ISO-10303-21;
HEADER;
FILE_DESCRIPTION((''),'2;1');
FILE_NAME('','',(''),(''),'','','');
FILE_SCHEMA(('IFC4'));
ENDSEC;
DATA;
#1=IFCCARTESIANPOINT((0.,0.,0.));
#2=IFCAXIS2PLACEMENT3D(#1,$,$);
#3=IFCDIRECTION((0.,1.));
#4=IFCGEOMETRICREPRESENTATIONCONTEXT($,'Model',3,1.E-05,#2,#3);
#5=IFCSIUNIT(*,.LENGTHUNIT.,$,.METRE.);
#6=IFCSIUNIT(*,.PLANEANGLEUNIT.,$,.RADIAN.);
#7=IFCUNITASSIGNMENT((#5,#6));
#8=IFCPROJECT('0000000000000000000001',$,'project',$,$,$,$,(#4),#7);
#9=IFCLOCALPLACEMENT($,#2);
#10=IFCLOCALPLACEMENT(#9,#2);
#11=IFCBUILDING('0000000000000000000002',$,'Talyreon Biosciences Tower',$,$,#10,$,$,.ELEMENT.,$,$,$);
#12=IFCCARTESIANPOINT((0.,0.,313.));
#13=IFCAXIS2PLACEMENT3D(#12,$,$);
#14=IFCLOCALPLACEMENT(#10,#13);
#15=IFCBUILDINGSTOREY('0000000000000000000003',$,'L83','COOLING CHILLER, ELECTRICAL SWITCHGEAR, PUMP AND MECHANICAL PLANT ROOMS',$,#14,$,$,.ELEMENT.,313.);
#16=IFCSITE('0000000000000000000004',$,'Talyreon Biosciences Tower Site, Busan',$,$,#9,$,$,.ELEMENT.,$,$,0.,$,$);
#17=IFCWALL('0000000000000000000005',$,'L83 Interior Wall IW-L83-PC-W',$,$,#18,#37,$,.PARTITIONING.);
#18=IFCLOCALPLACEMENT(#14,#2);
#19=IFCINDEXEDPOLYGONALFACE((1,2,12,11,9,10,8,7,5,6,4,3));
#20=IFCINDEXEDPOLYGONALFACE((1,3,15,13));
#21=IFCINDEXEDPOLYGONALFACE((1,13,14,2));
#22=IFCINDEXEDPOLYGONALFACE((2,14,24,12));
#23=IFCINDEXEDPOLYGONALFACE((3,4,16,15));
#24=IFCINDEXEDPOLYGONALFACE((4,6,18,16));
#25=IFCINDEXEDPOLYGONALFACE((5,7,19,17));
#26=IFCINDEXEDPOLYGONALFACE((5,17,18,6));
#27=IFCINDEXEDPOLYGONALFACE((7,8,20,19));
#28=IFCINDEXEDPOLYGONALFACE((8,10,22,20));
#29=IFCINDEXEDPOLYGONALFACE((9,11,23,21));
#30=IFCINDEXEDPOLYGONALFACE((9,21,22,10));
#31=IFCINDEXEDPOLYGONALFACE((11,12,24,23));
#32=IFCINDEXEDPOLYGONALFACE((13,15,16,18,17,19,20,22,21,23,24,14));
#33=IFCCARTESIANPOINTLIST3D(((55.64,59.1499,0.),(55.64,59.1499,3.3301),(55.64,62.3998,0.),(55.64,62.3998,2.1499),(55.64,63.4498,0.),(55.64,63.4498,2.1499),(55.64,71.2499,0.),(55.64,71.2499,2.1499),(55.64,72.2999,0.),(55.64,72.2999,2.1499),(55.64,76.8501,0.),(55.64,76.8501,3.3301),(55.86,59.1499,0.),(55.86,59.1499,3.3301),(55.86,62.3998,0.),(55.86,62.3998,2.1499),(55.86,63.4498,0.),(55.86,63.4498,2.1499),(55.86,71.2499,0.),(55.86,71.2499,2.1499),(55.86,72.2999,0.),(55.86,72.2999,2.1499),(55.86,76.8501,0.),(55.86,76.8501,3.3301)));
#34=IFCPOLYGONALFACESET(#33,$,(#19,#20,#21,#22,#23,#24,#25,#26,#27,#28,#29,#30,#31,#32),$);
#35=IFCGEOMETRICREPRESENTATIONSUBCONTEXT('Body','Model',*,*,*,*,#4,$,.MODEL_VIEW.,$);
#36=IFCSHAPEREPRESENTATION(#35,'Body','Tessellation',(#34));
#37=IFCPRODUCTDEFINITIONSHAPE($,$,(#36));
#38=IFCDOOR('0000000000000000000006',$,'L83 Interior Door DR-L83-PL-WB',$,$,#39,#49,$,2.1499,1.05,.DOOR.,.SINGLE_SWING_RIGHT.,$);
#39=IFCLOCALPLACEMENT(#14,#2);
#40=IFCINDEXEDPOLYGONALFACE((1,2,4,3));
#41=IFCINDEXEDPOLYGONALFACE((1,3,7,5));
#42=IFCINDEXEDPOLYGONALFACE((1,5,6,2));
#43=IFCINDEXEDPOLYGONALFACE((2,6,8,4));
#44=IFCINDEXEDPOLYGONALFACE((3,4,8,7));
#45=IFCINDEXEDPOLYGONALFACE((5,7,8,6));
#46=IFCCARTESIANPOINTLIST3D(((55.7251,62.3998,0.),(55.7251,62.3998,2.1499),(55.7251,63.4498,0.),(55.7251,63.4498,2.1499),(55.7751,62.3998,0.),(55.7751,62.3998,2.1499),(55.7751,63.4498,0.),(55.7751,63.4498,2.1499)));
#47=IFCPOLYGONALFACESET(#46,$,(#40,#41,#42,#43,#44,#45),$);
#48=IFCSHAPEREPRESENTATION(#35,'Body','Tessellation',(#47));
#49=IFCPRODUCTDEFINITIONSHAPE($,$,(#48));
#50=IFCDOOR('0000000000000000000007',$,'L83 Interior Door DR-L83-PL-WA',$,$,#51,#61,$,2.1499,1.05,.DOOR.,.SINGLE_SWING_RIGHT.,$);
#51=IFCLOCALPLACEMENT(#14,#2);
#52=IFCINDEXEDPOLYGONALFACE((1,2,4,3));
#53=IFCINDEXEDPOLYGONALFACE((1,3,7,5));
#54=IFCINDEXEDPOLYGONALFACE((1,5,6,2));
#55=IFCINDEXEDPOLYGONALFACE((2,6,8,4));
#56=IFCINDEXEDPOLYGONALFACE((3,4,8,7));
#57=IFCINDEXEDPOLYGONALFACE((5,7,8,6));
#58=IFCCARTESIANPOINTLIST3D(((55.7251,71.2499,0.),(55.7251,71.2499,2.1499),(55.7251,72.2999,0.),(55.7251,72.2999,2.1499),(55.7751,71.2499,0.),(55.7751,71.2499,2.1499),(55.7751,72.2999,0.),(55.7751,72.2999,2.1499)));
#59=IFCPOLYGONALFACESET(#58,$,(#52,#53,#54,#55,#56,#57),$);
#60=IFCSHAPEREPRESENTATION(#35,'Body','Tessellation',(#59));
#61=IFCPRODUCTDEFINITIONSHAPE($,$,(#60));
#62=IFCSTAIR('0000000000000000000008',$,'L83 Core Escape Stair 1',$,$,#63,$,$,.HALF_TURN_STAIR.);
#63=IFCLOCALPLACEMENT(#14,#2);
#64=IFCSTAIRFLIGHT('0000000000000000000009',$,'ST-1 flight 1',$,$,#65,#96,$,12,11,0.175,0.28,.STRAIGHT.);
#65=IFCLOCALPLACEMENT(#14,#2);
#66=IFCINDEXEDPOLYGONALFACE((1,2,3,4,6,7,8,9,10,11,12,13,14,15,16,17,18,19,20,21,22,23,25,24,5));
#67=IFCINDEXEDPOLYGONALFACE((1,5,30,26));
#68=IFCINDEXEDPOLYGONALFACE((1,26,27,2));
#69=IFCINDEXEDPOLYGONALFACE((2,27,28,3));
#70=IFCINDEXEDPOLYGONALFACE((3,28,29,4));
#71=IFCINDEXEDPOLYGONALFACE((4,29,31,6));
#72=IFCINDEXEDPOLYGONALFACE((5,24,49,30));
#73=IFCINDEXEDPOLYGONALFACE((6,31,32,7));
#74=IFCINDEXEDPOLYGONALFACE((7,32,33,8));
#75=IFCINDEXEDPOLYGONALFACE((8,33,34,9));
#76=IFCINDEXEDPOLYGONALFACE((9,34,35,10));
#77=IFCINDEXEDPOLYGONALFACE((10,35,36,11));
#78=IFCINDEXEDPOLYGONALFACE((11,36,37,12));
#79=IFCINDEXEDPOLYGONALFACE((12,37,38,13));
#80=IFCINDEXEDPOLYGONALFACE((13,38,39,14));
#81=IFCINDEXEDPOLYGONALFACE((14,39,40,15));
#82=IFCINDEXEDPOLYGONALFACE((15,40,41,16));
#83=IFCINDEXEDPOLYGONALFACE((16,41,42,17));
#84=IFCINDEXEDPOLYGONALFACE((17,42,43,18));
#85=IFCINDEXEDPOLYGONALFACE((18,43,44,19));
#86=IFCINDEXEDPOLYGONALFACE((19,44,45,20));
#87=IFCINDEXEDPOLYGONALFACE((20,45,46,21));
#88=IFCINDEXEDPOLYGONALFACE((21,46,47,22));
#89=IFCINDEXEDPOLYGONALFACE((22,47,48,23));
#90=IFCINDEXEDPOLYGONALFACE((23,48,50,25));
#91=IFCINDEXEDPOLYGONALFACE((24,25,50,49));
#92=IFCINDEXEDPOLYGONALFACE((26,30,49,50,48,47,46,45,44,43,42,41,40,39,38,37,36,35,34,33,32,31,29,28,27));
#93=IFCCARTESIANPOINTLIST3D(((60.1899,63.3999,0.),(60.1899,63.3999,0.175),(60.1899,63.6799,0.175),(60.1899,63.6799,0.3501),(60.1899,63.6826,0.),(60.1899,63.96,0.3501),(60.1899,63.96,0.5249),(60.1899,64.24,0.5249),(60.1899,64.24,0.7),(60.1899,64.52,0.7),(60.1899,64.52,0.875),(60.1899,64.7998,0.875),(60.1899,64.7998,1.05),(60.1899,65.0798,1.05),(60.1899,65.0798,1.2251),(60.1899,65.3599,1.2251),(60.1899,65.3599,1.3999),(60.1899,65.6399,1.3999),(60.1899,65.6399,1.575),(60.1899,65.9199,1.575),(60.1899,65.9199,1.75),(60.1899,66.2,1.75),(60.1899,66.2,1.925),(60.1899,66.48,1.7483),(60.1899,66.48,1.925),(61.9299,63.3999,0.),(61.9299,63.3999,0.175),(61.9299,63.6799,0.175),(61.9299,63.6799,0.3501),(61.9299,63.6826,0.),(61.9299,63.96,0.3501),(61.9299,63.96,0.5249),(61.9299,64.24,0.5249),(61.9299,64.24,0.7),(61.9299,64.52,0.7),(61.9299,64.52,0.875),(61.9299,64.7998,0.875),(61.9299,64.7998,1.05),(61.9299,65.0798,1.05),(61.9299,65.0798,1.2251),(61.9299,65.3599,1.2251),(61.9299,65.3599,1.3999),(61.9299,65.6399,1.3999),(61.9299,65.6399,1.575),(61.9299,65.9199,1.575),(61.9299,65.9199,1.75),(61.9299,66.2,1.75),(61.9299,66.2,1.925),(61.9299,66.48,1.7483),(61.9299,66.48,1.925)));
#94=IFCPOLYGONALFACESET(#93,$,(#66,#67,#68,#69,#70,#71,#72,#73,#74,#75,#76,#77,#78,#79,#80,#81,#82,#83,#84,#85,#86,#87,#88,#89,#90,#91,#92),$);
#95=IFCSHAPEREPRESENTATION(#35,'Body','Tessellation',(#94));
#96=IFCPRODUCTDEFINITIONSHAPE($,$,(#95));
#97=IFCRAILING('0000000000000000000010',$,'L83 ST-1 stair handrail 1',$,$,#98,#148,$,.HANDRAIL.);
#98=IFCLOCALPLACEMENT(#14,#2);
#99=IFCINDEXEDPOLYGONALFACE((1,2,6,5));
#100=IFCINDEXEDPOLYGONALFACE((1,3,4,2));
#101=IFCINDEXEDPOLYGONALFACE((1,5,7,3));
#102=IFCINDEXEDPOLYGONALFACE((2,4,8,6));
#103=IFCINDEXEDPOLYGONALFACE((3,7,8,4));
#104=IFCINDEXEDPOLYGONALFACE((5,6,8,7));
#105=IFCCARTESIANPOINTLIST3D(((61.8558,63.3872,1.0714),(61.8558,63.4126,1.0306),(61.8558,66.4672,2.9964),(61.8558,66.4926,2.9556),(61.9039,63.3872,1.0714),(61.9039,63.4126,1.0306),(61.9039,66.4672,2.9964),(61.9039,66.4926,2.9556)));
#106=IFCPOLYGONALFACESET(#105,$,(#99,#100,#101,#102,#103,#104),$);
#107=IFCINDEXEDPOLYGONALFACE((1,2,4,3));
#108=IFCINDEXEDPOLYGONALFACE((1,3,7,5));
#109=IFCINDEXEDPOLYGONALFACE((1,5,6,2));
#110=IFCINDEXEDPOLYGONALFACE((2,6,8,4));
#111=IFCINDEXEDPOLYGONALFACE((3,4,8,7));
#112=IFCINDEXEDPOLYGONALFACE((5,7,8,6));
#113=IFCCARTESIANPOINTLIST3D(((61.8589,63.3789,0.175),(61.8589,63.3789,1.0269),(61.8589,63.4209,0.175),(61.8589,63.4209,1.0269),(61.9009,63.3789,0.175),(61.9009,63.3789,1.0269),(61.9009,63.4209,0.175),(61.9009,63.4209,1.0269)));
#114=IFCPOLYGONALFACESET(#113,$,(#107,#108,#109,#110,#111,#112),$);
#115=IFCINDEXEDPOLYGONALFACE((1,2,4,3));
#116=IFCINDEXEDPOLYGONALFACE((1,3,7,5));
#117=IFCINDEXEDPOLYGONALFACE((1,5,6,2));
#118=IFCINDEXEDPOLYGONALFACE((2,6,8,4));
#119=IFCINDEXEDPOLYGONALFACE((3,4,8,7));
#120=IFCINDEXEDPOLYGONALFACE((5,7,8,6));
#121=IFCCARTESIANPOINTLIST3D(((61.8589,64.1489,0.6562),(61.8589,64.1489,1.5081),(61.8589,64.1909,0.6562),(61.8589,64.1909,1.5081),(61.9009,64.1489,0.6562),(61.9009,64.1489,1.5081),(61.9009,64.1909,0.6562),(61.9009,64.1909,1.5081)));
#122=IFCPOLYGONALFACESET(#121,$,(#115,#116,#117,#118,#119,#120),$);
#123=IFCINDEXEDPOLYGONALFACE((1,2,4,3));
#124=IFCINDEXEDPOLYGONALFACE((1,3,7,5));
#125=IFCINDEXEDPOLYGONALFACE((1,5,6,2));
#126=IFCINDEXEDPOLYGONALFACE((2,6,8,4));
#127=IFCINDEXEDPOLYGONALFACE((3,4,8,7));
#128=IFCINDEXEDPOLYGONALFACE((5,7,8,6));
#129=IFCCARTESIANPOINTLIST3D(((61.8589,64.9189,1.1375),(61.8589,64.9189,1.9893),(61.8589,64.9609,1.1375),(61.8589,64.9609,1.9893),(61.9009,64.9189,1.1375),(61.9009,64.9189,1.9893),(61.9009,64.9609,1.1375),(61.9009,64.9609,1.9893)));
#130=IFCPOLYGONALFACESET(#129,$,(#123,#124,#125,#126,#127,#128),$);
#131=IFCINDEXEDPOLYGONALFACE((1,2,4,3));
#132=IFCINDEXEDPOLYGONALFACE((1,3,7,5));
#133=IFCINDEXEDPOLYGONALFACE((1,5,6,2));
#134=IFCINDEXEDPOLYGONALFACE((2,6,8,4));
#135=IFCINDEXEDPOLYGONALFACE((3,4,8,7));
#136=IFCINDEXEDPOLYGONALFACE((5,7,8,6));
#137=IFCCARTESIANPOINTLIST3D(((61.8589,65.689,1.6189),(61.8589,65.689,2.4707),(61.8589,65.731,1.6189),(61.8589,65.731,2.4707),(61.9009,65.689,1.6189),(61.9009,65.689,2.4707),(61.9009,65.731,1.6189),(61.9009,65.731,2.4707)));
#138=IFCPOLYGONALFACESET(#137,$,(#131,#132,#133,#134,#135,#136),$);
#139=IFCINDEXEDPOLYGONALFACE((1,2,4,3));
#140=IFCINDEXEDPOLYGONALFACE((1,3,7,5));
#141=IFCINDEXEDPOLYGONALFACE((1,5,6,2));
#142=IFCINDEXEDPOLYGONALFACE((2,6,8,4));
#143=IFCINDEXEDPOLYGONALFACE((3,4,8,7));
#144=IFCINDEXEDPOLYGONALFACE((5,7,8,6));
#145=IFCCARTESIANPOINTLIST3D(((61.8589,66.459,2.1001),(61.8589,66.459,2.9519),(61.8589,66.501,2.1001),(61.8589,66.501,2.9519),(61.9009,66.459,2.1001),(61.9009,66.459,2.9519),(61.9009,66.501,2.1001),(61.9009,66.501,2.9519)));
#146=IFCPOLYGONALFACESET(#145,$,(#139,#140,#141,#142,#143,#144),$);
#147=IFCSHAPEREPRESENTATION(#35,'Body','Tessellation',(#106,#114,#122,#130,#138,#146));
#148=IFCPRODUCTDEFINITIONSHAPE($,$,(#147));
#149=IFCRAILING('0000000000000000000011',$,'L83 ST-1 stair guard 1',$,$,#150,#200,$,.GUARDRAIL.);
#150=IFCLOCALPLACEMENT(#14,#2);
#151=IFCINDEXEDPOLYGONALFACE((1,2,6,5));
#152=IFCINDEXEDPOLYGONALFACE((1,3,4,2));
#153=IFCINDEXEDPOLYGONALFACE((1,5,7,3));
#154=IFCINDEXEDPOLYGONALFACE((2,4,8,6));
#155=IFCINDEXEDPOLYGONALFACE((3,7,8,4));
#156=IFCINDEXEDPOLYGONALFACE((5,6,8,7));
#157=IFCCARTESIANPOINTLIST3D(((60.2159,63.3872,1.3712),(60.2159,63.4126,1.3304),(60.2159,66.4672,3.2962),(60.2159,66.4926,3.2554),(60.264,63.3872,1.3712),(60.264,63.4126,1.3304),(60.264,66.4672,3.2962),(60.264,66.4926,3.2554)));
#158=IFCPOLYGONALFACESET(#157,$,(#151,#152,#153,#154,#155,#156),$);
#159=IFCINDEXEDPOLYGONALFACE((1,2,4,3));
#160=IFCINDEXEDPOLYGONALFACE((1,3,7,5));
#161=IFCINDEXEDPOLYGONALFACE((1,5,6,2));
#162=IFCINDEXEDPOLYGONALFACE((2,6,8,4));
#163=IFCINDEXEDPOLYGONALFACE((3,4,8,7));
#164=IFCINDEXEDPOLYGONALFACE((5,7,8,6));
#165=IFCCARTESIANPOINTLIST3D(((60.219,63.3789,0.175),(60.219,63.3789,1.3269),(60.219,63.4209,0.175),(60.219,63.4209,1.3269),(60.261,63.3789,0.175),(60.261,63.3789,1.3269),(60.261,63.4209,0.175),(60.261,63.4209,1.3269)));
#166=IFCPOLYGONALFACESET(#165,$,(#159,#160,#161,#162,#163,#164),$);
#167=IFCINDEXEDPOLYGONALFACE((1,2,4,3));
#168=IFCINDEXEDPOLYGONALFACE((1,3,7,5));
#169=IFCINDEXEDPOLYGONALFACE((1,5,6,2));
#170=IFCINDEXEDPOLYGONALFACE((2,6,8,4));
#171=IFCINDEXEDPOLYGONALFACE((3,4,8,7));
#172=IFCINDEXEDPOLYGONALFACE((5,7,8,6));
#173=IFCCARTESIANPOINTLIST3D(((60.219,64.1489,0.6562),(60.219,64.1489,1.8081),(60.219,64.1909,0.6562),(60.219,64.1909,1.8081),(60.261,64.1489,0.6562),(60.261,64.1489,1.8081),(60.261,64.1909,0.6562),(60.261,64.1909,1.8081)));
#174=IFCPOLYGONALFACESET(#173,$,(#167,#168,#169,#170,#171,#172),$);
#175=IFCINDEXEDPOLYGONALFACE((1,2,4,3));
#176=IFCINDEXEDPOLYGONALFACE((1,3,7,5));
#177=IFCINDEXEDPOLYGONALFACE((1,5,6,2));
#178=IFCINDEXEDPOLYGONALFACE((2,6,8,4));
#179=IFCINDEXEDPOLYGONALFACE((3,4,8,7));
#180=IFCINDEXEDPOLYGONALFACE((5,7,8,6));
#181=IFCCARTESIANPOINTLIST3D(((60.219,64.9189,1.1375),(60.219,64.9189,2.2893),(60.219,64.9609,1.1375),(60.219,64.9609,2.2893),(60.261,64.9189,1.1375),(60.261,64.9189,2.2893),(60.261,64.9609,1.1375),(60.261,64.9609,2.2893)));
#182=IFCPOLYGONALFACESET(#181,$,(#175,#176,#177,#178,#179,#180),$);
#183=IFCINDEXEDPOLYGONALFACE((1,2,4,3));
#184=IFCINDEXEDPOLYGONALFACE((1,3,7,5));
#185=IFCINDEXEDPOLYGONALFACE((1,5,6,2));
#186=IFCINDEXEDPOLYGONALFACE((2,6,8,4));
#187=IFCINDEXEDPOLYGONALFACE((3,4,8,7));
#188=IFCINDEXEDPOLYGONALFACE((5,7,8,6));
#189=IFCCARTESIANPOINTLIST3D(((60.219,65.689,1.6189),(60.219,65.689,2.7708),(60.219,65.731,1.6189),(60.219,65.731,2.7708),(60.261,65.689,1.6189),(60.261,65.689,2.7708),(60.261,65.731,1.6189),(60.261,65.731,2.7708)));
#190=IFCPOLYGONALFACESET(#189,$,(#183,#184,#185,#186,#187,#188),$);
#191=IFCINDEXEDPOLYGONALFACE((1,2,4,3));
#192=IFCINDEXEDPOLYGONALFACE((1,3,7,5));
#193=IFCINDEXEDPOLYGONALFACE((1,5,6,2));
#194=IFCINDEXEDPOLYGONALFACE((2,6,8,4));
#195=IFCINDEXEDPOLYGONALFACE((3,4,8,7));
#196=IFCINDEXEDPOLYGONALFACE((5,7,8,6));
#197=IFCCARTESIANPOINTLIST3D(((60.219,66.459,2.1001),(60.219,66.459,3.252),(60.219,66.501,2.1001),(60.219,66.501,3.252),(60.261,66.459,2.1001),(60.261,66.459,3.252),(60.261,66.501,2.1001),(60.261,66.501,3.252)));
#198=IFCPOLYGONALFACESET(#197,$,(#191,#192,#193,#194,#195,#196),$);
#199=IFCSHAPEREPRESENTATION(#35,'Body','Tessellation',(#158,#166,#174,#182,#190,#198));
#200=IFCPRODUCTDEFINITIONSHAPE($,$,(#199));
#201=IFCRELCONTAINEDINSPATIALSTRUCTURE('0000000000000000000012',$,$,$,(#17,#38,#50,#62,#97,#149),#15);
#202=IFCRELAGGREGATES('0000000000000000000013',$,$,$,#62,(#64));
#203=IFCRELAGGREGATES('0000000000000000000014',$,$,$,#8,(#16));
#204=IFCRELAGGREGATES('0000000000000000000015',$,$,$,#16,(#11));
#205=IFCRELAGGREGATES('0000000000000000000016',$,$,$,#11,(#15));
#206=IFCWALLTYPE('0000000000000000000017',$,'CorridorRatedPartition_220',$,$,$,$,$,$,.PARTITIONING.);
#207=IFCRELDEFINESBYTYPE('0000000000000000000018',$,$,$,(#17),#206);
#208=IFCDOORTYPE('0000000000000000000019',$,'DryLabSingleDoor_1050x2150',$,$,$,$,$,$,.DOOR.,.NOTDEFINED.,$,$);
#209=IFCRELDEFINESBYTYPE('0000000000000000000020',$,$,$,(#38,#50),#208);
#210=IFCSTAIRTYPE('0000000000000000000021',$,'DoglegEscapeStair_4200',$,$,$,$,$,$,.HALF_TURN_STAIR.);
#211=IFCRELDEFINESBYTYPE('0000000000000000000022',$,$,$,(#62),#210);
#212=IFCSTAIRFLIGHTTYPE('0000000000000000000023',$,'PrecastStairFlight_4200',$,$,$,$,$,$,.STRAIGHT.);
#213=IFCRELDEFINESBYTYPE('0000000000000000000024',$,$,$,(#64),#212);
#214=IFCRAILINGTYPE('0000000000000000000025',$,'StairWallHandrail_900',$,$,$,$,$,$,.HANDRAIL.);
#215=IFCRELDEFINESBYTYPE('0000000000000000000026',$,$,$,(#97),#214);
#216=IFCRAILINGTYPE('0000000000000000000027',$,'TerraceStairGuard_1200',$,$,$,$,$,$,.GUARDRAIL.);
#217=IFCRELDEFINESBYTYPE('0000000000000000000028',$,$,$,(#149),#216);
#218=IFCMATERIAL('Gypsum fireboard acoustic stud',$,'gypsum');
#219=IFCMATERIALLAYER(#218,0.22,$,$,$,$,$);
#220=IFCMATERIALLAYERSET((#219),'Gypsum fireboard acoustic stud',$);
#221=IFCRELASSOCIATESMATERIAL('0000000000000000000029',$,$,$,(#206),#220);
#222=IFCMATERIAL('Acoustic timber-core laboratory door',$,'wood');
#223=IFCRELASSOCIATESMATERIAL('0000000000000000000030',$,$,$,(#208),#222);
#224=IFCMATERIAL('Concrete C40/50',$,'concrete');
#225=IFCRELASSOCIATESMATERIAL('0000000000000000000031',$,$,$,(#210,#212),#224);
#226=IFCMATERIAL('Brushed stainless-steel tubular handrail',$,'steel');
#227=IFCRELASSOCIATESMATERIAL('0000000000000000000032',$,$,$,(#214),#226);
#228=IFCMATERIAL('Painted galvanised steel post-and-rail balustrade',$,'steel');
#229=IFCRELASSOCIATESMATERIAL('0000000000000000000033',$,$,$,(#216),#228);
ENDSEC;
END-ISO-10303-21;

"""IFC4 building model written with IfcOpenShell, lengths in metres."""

from ifc_helpers import new_model, si_unit, direction, frame, frame_2d, origin, origin_2d, place, context, subcontext, project, spatial, polyline, rectangle, outline, extrude, material, layer, layer_set, type_object, element, fill, aggregate, save


model = new_model("IFC4")

# Units and contexts
model_context = context("Model", 3, precision=1e-05, world=origin(), true_north=direction((0.0, 1.0)))
body_context = subcontext(model_context, "Body", "Model", "MODEL_VIEW")
ifc_project = project(units=[si_unit("LENGTHUNIT", "METRE"), si_unit("PLANEANGLEUNIT", "RADIAN")], contexts=[model_context])

# Site, building, storey
site_placement = place(None, origin())
site = spatial("IfcSite", under=ifc_project, at=site_placement, Name="Talyreon Biosciences Tower Site, Busan", CompositionType="ELEMENT", RefElevation=0.0)
building_placement = place(site_placement, origin())
building = spatial("IfcBuilding", under=site, at=building_placement, Name="Talyreon Biosciences Tower", CompositionType="ELEMENT")
storey_placement = place(building_placement, frame((0.0, 0.0, 313.0)))
storey = spatial("IfcBuildingStorey", under=building, at=storey_placement, Name="L83", Description="COOLING CHILLER, ELECTRICAL SWITCHGEAR, PUMP AND MECHANICAL PLANT ROOMS", CompositionType="ELEMENT", Elevation=313.0)

# Shared definitions
ifc_material_1 = material(Name="Gypsum fireboard acoustic stud", Category="gypsum")
ifc_layer_1 = layer(ifc_material_1, 0.22)
ifc_layer_set_1 = layer_set([ifc_layer_1], Name="Gypsum fireboard acoustic stud")
wall_type_1 = type_object("IfcWallType", Name="CorridorRatedPartition_220", PredefinedType="PARTITIONING", material=ifc_layer_set_1)

# Wall, openings, doors
wall_1_placement = place(storey_placement, frame((55.75, 59.1499, 0.0), z_axis=(0.0, 0.0, 1.0), x_axis=(0.0, 1.0, 0.0)))
wall_1 = element("IfcWall", 1, at=wall_1_placement, inside=storey, type_object=wall_type_1, Name="L83 Interior Wall IW-L83-PC-W", PredefinedType="PARTITIONING", context=body_context, shape_type="SweptSolid", body=[
    extrude(rectangle(XDim=17.7002, YDim=0.22, at=frame_2d((8.8501, 0.0))), origin(), (0.0, 0.0, 1.0), 3.3301),
])
opening_1_placement = place(wall_1_placement, frame((3.25, 0.0, 0.0)))
opening_1 = element("IfcOpeningElement", 2, at=opening_1_placement, cuts=wall_1, PredefinedType="OPENING", context=body_context, shape_type="SweptSolid", body=[
    extrude(rectangle(XDim=1.05, YDim=2.1499, at=frame_2d((0.5249, 1.075))), frame((0.0, 0.1199, 0.0), z_axis=(0.0, -1.0, 0.0), x_axis=(1.0, 0.0, 0.0)), (0.0, 0.0, 1.0), 0.24),
])
opening_2_placement = place(wall_1_placement, frame((12.1001, 0.0, 0.0)))
opening_2 = element("IfcOpeningElement", 3, at=opening_2_placement, cuts=wall_1, PredefinedType="OPENING", context=body_context, shape_type="SweptSolid", body=[
    extrude(rectangle(XDim=1.05, YDim=2.1499, at=frame_2d((0.5249, 1.075))), frame((0.0, 0.1199, 0.0), z_axis=(0.0, -1.0, 0.0), x_axis=(1.0, 0.0, 0.0)), (0.0, 0.0, 1.0), 0.24),
])
ifc_material_2 = material(Name="Acoustic timber-core laboratory door", Category="wood")
door_type_1 = type_object("IfcDoorType", Name="DryLabSingleDoor_1050x2150", OperationType="NOTDEFINED", PredefinedType="DOOR", material=ifc_material_2)
door_1_placement = place(opening_1_placement, origin())
door_1 = element("IfcDoor", 4, at=door_1_placement, inside=storey, type_object=door_type_1, Name="L83 Interior Door DR-L83-PL-WB", OperationType="SINGLE_SWING_RIGHT", OverallHeight=2.1499, OverallWidth=1.05, PredefinedType="DOOR", context=body_context, shape_type="SweptSolid", body=[
    extrude(rectangle(XDim=1.05, YDim=2.1499, at=frame_2d((0.5249, 1.075))), frame((0.0, 0.0249, 0.0), z_axis=(0.0, -1.0, 0.0), x_axis=(1.0, 0.0, 0.0)), (0.0, 0.0, 1.0), 0.05),
])
fill(opening_1, door_1)
door_2_placement = place(opening_2_placement, origin())
door_2 = element("IfcDoor", 5, at=door_2_placement, inside=storey, type_object=door_type_1, Name="L83 Interior Door DR-L83-PL-WA", OperationType="SINGLE_SWING_RIGHT", OverallHeight=2.1499, OverallWidth=1.05, PredefinedType="DOOR", context=body_context, shape_type="SweptSolid", body=[
    extrude(rectangle(XDim=1.05, YDim=2.1499, at=frame_2d((0.5249, 1.075))), frame((0.0, 0.0249, 0.0), z_axis=(0.0, -1.0, 0.0), x_axis=(1.0, 0.0, 0.0)), (0.0, 0.0, 1.0), 0.05),
])
fill(opening_2, door_2)

# Stair, stair flight
ifc_material_3 = material(Name="Concrete C40/50", Category="concrete")
stair_type = type_object("IfcStairType", Name="DoglegEscapeStair_4200", PredefinedType="HALF_TURN_STAIR", material=ifc_material_3)
stair_placement = place(storey_placement, origin())
stair = element("IfcStair", 6, at=stair_placement, inside=storey, type_object=stair_type, Name="L83 Core Escape Stair 1", PredefinedType="HALF_TURN_STAIR")
stair_flight_type = type_object("IfcStairFlightType", Name="PrecastStairFlight_4200", PredefinedType="STRAIGHT", material=ifc_material_3)
stair_flight_placement = place(storey_placement, frame((61.0601, 63.3999, 0.0), z_axis=(0.0, 0.0, 1.0), x_axis=(0.0, 1.0, 0.0)))
stair_flight = element("IfcStairFlight", 7, at=stair_flight_placement, type_object=stair_flight_type, Name="ST-1 flight 1", NumberOfRisers=12, NumberOfTreads=11, PredefinedType="STRAIGHT", RiserHeight=0.175, TreadLength=0.28, context=body_context, shape_type="SweptSolid", body=[
    extrude(outline(polyline([(0.0, 0.0), (0.0, 0.175), (0.28, 0.175), (0.28, 0.3501), (0.5601, 0.3501), (0.5601, 0.5249), (0.8401, 0.5249), (0.8401, 0.7), (1.1201, 0.7), (1.1201, 0.875), (1.3999, 0.875), (1.3999, 1.05), (1.6799, 1.05), (1.6799, 1.2251), (1.96, 1.2251), (1.96, 1.3999), (2.24, 1.3999), (2.24, 1.575), (2.52, 1.575), (2.52, 1.75), (2.8, 1.75), (2.8, 1.925), (3.0801, 1.925), (3.0801, 2.1001), (3.0801, 1.7483), (0.2827, 0.0), (0.0, 0.0)])), frame((0.0, 0.8701, 0.0), z_axis=(0.0, -1.0, 0.0), x_axis=(1.0, 0.0, 0.0)), (0.0, 0.0, 1.0), 1.74),
])
aggregate(stair, [stair_flight])

# Railings
ifc_material_4 = material(Name="Brushed stainless-steel tubular handrail", Category="steel")
railing_type_1 = type_object("IfcRailingType", Name="StairWallHandrail_900", PredefinedType="HANDRAIL", material=ifc_material_4)
railing_1_placement = place(storey_placement, frame((61.8799, 63.3999, 0.175)))
element("IfcRailing", 8, at=railing_1_placement, inside=storey, type_object=railing_type_1, Name="L83 ST-1 stair handrail 1", PredefinedType="HANDRAIL", context=body_context, shape_type="SweptSolid", body=[
    extrude(rectangle(XDim=0.0481, YDim=0.0481, at=origin_2d()), frame((0.0, 0.0, 0.876), z_axis=(0.0, 0.847998, 0.529999), x_axis=(-1.0, 0.0, 0.0)), (0.0, 0.0, 1.0), 3.6321),
    extrude(rectangle(XDim=0.042, YDim=0.042, at=origin_2d()), origin(), (0.0, 0.0, 1.0), 0.8518),
    extrude(rectangle(XDim=0.042, YDim=0.042, at=origin_2d()), frame((0.0, 0.77, 0.4812)), (0.0, 0.0, 1.0), 0.8518),
    extrude(rectangle(XDim=0.042, YDim=0.042, at=origin_2d()), frame((0.0, 1.54, 0.9624)), (0.0, 0.0, 1.0), 0.8518),
    extrude(rectangle(XDim=0.042, YDim=0.042, at=origin_2d()), frame((0.0, 2.3101, 1.4438)), (0.0, 0.0, 1.0), 0.8518),
    extrude(rectangle(XDim=0.042, YDim=0.042, at=origin_2d()), frame((0.0, 3.0801, 1.925)), (0.0, 0.0, 1.0), 0.8518),
])
ifc_material_5 = material(Name="Painted galvanised steel post-and-rail balustrade", Category="steel")
railing_type_2 = type_object("IfcRailingType", Name="TerraceStairGuard_1200", PredefinedType="GUARDRAIL", material=ifc_material_5)
railing_2_placement = place(storey_placement, frame((60.24, 63.3999, 0.175)))
element("IfcRailing", 9, at=railing_2_placement, inside=storey, type_object=railing_type_2, Name="L83 ST-1 stair guard 1", PredefinedType="GUARDRAIL", context=body_context, shape_type="SweptSolid", body=[
    extrude(rectangle(XDim=0.0481, YDim=0.0481, at=origin_2d()), frame((0.0, 0.0, 1.1758), z_axis=(0.0, 0.847998, 0.529999), x_axis=(-1.0, 0.0, 0.0)), (0.0, 0.0, 1.0), 3.6321),
    extrude(rectangle(XDim=0.042, YDim=0.042, at=origin_2d()), origin(), (0.0, 0.0, 1.0), 1.1519),
    extrude(rectangle(XDim=0.042, YDim=0.042, at=origin_2d()), frame((0.0, 0.77, 0.4812)), (0.0, 0.0, 1.0), 1.1519),
    extrude(rectangle(XDim=0.042, YDim=0.042, at=origin_2d()), frame((0.0, 1.54, 0.9624)), (0.0, 0.0, 1.0), 1.1519),
    extrude(rectangle(XDim=0.042, YDim=0.042, at=origin_2d()), frame((0.0, 2.3101, 1.4438)), (0.0, 0.0, 1.0), 1.1519),
    extrude(rectangle(XDim=0.042, YDim=0.042, at=origin_2d()), frame((0.0, 3.0801, 1.925)), (0.0, 0.0, 1.0), 1.1519),
])

save(model, "model.ifc")
